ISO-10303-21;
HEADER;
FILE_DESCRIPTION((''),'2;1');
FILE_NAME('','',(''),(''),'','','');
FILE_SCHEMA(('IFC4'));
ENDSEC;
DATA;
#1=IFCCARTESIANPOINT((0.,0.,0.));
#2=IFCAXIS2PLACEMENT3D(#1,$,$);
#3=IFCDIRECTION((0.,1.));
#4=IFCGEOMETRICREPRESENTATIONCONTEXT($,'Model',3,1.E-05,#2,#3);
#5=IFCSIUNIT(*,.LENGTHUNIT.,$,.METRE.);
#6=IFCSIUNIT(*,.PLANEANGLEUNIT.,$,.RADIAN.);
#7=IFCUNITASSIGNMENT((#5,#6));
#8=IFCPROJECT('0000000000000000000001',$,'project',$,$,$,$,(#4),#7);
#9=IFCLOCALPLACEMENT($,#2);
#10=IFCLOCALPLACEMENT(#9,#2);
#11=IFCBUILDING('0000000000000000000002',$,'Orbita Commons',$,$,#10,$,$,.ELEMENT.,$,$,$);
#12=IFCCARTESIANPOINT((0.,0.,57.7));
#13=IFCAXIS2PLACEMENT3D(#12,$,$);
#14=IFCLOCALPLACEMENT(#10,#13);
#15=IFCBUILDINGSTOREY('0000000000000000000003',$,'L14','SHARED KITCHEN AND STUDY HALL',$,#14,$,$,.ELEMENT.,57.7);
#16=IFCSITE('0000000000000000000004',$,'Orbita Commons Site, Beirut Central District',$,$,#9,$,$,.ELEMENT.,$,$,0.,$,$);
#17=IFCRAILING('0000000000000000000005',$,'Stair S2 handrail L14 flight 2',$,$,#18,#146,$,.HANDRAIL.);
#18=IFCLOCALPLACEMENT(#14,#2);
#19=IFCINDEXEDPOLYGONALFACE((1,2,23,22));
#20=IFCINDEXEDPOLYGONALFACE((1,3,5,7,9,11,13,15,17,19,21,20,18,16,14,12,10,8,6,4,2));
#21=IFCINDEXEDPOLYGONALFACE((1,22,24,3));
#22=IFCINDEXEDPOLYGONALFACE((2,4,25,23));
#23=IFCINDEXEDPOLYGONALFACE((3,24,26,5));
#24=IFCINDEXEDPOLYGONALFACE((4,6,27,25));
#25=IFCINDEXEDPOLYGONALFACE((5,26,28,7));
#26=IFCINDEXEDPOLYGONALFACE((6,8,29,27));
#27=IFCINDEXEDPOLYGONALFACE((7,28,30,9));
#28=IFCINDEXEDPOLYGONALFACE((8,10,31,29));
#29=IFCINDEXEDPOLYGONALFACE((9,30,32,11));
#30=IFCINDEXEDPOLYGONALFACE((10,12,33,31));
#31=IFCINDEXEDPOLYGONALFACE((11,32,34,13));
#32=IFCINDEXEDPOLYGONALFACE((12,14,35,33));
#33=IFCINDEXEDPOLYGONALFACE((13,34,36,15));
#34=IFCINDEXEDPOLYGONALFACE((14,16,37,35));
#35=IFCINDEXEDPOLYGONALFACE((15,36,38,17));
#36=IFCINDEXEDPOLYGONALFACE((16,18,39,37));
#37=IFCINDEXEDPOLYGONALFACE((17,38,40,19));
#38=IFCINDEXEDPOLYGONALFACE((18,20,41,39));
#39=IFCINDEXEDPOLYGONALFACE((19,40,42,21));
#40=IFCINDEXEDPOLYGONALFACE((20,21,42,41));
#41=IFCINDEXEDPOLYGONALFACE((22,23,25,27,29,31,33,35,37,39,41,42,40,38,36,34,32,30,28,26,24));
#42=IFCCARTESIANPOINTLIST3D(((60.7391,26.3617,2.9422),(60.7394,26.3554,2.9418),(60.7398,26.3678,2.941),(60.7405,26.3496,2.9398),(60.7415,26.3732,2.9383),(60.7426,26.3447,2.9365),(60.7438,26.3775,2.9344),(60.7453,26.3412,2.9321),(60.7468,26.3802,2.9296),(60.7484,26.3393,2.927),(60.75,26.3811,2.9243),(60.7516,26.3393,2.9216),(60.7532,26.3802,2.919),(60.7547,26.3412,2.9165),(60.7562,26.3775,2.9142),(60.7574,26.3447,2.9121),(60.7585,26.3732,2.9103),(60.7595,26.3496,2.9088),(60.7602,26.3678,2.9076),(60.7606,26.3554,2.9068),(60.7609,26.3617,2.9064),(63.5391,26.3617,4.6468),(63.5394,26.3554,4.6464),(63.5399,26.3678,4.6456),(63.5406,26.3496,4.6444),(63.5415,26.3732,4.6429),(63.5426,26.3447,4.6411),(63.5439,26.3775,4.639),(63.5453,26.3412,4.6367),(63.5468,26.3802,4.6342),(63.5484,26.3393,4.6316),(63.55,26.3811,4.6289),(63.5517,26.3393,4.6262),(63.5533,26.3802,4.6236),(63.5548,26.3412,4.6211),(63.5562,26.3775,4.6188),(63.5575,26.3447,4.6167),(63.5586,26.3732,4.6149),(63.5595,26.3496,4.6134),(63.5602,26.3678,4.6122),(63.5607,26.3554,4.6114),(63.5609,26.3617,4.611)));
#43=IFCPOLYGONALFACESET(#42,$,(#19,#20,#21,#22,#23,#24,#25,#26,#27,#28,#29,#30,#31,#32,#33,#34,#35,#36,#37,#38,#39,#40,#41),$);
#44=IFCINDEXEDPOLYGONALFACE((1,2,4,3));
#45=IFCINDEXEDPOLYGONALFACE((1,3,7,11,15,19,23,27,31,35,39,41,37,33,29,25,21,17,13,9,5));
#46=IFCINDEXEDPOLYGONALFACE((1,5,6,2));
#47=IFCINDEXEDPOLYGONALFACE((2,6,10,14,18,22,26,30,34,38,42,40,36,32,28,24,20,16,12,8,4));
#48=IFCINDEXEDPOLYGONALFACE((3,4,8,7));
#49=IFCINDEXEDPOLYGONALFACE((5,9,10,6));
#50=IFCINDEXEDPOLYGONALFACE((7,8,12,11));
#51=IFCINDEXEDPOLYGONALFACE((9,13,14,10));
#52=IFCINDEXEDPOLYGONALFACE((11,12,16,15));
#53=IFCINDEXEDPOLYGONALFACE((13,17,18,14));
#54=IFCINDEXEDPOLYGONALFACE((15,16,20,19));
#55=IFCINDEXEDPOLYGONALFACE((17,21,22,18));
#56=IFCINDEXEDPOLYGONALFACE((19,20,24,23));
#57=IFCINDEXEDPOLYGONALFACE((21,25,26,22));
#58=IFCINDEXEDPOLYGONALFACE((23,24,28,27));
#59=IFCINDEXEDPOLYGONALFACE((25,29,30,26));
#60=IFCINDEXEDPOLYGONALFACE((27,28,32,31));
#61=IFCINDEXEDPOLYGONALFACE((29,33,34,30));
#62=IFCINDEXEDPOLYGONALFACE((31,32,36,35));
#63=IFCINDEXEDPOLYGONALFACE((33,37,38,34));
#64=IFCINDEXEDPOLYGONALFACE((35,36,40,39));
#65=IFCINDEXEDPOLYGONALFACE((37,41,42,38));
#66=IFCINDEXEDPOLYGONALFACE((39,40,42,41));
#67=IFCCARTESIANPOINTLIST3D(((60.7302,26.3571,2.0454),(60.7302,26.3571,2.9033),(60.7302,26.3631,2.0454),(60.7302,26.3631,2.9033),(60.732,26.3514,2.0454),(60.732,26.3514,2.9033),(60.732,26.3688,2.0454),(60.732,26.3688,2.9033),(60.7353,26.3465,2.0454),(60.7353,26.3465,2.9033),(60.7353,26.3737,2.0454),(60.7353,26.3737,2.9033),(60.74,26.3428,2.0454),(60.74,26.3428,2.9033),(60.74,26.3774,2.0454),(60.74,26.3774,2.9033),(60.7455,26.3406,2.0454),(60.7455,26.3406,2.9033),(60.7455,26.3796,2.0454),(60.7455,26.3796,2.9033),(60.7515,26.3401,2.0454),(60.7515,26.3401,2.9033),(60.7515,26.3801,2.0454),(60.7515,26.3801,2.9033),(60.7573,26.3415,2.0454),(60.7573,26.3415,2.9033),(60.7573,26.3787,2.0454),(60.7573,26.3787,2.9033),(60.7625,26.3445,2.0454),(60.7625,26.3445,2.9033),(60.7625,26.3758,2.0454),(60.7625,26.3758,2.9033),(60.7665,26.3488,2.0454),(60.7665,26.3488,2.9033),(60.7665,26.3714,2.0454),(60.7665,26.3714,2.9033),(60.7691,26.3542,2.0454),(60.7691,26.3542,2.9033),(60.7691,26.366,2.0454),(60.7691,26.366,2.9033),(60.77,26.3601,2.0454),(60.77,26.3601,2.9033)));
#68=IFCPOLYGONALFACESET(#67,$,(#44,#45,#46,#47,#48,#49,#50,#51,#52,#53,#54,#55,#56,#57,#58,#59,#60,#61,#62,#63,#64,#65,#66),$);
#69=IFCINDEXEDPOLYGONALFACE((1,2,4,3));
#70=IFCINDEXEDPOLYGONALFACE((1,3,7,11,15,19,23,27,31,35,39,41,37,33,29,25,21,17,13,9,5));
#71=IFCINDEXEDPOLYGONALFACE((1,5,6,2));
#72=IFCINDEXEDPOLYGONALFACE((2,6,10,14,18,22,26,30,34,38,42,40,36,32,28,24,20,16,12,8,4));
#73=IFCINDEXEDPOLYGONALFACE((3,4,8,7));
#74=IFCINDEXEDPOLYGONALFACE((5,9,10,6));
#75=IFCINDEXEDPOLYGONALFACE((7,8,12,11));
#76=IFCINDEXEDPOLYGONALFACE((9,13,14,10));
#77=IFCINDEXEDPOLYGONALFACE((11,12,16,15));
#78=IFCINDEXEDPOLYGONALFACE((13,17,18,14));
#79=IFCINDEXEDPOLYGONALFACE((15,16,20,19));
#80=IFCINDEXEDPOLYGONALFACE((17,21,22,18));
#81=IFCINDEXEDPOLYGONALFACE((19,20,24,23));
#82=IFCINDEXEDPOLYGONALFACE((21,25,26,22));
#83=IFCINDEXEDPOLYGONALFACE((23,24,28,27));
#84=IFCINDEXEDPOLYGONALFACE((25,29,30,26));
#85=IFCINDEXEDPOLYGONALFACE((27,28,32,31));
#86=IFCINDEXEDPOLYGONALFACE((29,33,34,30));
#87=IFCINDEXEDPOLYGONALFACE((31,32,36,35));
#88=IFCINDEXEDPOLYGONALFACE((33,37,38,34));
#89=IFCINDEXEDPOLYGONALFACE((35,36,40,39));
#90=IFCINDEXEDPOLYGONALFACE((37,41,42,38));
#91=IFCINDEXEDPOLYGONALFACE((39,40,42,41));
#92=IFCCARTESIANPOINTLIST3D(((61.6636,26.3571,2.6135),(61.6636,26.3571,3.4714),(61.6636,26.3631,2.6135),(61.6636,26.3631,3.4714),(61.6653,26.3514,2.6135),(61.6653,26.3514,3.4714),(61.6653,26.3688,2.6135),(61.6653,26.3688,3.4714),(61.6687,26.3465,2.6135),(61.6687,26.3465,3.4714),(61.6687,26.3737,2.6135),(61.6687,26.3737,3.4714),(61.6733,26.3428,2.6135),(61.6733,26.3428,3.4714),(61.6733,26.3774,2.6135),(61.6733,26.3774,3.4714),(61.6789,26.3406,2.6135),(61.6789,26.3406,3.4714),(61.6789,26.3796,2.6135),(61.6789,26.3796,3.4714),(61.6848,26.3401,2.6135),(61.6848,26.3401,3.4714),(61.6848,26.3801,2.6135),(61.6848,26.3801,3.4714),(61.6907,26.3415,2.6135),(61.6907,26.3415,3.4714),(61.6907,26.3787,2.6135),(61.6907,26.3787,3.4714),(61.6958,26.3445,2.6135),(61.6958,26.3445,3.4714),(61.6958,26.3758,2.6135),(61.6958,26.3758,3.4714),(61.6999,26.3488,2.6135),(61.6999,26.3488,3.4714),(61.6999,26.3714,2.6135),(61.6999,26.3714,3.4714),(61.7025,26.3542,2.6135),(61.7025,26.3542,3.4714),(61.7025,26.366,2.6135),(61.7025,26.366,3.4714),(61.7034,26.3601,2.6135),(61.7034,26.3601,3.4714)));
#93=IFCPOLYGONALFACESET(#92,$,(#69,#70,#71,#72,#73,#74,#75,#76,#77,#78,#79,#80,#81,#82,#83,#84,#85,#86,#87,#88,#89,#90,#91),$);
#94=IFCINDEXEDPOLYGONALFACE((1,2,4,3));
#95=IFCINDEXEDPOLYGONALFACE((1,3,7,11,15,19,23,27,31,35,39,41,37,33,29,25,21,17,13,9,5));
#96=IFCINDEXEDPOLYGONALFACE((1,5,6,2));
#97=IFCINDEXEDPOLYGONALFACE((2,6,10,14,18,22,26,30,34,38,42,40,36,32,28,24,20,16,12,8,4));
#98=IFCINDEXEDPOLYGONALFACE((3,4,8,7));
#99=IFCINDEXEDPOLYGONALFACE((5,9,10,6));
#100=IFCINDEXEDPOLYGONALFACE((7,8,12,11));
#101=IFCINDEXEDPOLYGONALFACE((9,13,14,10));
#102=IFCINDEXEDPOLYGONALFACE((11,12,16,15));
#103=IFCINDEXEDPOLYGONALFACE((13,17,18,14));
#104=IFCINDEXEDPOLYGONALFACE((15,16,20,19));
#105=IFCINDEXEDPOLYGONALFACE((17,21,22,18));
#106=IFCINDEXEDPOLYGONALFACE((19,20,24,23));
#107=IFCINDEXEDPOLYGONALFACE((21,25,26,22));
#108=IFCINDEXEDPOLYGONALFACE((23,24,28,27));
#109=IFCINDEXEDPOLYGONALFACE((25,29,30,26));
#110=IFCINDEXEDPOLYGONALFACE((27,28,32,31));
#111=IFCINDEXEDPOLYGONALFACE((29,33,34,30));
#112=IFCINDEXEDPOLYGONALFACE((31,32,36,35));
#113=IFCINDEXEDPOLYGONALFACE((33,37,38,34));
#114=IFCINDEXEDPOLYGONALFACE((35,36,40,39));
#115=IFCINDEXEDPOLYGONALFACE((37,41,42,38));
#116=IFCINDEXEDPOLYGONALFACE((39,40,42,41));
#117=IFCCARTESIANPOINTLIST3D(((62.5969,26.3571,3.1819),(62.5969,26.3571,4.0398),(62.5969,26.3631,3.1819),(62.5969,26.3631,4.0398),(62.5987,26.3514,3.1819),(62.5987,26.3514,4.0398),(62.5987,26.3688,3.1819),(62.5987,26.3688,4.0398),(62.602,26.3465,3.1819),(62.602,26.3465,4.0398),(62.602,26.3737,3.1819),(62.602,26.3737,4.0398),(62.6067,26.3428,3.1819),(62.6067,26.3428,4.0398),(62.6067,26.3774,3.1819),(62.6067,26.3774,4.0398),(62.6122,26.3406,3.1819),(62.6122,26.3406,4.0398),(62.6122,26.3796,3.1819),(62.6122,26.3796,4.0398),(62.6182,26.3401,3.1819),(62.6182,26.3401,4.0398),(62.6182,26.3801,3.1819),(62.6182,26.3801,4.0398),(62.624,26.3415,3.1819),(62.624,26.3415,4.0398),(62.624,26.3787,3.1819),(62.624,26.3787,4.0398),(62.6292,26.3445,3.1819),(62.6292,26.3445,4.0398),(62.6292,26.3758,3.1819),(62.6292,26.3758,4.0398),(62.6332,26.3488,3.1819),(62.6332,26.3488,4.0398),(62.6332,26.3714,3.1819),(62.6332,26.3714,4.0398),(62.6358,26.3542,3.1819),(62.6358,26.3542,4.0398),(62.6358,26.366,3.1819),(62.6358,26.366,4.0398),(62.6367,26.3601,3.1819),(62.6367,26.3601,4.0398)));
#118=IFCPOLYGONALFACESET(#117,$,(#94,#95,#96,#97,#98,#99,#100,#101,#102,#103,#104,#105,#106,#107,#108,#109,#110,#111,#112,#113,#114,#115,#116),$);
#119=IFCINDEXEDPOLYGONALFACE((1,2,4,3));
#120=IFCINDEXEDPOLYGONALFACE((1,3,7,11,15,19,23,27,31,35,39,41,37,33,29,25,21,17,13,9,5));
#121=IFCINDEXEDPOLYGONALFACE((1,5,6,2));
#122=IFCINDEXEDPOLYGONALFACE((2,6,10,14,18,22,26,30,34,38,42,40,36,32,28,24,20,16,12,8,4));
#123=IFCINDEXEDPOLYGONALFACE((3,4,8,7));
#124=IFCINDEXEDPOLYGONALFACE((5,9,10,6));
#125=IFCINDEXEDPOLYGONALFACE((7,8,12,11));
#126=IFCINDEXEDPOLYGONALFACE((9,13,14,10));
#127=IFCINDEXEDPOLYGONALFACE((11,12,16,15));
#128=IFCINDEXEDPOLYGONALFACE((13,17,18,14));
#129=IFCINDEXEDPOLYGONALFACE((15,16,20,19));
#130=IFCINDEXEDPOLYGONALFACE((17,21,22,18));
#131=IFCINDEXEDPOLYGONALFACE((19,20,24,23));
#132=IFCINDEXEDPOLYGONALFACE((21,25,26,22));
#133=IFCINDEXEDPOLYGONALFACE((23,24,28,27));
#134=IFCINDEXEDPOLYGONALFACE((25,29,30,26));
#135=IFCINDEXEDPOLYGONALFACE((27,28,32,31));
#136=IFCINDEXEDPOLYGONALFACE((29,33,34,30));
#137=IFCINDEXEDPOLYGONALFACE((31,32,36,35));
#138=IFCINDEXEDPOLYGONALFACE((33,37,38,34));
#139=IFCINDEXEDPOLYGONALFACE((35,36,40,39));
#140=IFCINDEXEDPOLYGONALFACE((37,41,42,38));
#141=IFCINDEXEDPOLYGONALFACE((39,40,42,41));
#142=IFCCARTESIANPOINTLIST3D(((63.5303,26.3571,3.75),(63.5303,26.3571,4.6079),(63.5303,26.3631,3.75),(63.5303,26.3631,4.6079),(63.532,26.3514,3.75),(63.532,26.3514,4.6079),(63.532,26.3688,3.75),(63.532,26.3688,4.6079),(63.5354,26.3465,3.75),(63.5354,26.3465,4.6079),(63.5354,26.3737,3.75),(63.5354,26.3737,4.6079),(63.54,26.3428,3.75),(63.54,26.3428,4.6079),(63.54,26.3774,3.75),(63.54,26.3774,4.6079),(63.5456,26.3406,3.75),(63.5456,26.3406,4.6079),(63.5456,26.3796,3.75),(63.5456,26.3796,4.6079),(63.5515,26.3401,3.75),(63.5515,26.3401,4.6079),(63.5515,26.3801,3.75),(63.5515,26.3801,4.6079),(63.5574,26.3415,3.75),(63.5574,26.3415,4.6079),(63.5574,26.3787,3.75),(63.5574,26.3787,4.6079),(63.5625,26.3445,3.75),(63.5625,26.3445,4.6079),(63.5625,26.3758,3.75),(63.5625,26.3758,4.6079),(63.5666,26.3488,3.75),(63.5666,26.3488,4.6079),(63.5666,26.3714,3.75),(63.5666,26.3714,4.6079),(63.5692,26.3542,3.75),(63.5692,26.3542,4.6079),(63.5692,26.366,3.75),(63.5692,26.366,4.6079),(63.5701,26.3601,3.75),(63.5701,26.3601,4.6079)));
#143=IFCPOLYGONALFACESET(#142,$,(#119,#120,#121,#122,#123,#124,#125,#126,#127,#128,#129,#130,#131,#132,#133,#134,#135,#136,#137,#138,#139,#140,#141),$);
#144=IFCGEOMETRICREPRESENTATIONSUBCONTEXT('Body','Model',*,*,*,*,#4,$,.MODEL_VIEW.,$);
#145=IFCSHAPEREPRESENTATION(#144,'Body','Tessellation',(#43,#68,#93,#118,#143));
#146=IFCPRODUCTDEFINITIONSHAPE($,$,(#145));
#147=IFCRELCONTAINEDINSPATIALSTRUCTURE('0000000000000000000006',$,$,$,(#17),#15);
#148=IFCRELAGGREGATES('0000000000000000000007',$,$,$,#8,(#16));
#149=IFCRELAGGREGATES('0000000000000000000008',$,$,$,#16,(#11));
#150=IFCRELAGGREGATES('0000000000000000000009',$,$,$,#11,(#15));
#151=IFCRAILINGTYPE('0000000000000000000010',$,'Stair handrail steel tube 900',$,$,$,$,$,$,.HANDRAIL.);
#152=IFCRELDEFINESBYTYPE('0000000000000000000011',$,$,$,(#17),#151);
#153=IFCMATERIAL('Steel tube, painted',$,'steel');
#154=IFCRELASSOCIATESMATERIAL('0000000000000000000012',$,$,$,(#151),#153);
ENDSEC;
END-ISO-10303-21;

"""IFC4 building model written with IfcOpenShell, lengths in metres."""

from ifc_helpers import new_model, si_unit, direction, frame, origin, origin_2d, place, context, subcontext, project, spatial, circle, extrude, material, type_object, element, save


model = new_model("IFC4")

# Units and contexts
model_context = context("Model", 3, precision=1e-05, world=origin(), true_north=direction((0.0, 1.0)))
body_context = subcontext(model_context, "Body", "Model", "MODEL_VIEW")
ifc_project = project(units=[si_unit("LENGTHUNIT", "METRE"), si_unit("PLANEANGLEUNIT", "RADIAN")], contexts=[model_context])

# Site, building, storey
site_placement = place(None, origin())
site = spatial("IfcSite", under=ifc_project, at=site_placement, Name="Orbita Commons Site, Beirut Central District", CompositionType="ELEMENT", RefElevation=0.0)
building_placement = place(site_placement, origin())
building = spatial("IfcBuilding", under=site, at=building_placement, Name="Orbita Commons", CompositionType="ELEMENT")
storey_placement = place(building_placement, frame((0.0, 0.0, 57.7)))
storey = spatial("IfcBuildingStorey", under=building, at=storey_placement, Name="L14", Description="SHARED KITCHEN AND STUDY HALL", CompositionType="ELEMENT", Elevation=57.7)

# Railing
ifc_material_1 = material(Name="Steel tube, painted", Category="steel")
railing_type = type_object("IfcRailingType", Name="Stair handrail steel tube 900", PredefinedType="HANDRAIL", material=ifc_material_1)
for number, where, name in (
    (1, (60.75, 26.3601, 2.0454), "Stair S2 handrail L14 flight 2"),
):
    element("IfcRailing", number, at=place(storey_placement, frame(where)), inside=storey, type_object=railing_type, Name=name, PredefinedType="HANDRAIL", context=body_context, shape_type="SweptSolid", body=[
        extrude(circle(Radius=0.021, at=origin_2d()), frame((0.0, 0.0, 0.8789), z_axis=(0.85417, 0.0, 0.519994), x_axis=(0.0, 1.0, 0.0)), (0.0, 0.0, 1.0), 3.2781),
        extrude(circle(Radius=0.02, at=origin_2d()), origin(), (0.0, 0.0, 1.0), 0.8579),
        extrude(circle(Radius=0.02, at=origin_2d()), frame((0.9333, 0.0, 0.5681)), (0.0, 0.0, 1.0), 0.8579),
        extrude(circle(Radius=0.02, at=origin_2d()), frame((1.8667, 0.0, 1.1365)), (0.0, 0.0, 1.0), 0.8579),
        extrude(circle(Radius=0.02, at=origin_2d()), frame((2.8, 0.0, 1.7046)), (0.0, 0.0, 1.0), 0.8579),
    ])

save(model, "model.ifc")
